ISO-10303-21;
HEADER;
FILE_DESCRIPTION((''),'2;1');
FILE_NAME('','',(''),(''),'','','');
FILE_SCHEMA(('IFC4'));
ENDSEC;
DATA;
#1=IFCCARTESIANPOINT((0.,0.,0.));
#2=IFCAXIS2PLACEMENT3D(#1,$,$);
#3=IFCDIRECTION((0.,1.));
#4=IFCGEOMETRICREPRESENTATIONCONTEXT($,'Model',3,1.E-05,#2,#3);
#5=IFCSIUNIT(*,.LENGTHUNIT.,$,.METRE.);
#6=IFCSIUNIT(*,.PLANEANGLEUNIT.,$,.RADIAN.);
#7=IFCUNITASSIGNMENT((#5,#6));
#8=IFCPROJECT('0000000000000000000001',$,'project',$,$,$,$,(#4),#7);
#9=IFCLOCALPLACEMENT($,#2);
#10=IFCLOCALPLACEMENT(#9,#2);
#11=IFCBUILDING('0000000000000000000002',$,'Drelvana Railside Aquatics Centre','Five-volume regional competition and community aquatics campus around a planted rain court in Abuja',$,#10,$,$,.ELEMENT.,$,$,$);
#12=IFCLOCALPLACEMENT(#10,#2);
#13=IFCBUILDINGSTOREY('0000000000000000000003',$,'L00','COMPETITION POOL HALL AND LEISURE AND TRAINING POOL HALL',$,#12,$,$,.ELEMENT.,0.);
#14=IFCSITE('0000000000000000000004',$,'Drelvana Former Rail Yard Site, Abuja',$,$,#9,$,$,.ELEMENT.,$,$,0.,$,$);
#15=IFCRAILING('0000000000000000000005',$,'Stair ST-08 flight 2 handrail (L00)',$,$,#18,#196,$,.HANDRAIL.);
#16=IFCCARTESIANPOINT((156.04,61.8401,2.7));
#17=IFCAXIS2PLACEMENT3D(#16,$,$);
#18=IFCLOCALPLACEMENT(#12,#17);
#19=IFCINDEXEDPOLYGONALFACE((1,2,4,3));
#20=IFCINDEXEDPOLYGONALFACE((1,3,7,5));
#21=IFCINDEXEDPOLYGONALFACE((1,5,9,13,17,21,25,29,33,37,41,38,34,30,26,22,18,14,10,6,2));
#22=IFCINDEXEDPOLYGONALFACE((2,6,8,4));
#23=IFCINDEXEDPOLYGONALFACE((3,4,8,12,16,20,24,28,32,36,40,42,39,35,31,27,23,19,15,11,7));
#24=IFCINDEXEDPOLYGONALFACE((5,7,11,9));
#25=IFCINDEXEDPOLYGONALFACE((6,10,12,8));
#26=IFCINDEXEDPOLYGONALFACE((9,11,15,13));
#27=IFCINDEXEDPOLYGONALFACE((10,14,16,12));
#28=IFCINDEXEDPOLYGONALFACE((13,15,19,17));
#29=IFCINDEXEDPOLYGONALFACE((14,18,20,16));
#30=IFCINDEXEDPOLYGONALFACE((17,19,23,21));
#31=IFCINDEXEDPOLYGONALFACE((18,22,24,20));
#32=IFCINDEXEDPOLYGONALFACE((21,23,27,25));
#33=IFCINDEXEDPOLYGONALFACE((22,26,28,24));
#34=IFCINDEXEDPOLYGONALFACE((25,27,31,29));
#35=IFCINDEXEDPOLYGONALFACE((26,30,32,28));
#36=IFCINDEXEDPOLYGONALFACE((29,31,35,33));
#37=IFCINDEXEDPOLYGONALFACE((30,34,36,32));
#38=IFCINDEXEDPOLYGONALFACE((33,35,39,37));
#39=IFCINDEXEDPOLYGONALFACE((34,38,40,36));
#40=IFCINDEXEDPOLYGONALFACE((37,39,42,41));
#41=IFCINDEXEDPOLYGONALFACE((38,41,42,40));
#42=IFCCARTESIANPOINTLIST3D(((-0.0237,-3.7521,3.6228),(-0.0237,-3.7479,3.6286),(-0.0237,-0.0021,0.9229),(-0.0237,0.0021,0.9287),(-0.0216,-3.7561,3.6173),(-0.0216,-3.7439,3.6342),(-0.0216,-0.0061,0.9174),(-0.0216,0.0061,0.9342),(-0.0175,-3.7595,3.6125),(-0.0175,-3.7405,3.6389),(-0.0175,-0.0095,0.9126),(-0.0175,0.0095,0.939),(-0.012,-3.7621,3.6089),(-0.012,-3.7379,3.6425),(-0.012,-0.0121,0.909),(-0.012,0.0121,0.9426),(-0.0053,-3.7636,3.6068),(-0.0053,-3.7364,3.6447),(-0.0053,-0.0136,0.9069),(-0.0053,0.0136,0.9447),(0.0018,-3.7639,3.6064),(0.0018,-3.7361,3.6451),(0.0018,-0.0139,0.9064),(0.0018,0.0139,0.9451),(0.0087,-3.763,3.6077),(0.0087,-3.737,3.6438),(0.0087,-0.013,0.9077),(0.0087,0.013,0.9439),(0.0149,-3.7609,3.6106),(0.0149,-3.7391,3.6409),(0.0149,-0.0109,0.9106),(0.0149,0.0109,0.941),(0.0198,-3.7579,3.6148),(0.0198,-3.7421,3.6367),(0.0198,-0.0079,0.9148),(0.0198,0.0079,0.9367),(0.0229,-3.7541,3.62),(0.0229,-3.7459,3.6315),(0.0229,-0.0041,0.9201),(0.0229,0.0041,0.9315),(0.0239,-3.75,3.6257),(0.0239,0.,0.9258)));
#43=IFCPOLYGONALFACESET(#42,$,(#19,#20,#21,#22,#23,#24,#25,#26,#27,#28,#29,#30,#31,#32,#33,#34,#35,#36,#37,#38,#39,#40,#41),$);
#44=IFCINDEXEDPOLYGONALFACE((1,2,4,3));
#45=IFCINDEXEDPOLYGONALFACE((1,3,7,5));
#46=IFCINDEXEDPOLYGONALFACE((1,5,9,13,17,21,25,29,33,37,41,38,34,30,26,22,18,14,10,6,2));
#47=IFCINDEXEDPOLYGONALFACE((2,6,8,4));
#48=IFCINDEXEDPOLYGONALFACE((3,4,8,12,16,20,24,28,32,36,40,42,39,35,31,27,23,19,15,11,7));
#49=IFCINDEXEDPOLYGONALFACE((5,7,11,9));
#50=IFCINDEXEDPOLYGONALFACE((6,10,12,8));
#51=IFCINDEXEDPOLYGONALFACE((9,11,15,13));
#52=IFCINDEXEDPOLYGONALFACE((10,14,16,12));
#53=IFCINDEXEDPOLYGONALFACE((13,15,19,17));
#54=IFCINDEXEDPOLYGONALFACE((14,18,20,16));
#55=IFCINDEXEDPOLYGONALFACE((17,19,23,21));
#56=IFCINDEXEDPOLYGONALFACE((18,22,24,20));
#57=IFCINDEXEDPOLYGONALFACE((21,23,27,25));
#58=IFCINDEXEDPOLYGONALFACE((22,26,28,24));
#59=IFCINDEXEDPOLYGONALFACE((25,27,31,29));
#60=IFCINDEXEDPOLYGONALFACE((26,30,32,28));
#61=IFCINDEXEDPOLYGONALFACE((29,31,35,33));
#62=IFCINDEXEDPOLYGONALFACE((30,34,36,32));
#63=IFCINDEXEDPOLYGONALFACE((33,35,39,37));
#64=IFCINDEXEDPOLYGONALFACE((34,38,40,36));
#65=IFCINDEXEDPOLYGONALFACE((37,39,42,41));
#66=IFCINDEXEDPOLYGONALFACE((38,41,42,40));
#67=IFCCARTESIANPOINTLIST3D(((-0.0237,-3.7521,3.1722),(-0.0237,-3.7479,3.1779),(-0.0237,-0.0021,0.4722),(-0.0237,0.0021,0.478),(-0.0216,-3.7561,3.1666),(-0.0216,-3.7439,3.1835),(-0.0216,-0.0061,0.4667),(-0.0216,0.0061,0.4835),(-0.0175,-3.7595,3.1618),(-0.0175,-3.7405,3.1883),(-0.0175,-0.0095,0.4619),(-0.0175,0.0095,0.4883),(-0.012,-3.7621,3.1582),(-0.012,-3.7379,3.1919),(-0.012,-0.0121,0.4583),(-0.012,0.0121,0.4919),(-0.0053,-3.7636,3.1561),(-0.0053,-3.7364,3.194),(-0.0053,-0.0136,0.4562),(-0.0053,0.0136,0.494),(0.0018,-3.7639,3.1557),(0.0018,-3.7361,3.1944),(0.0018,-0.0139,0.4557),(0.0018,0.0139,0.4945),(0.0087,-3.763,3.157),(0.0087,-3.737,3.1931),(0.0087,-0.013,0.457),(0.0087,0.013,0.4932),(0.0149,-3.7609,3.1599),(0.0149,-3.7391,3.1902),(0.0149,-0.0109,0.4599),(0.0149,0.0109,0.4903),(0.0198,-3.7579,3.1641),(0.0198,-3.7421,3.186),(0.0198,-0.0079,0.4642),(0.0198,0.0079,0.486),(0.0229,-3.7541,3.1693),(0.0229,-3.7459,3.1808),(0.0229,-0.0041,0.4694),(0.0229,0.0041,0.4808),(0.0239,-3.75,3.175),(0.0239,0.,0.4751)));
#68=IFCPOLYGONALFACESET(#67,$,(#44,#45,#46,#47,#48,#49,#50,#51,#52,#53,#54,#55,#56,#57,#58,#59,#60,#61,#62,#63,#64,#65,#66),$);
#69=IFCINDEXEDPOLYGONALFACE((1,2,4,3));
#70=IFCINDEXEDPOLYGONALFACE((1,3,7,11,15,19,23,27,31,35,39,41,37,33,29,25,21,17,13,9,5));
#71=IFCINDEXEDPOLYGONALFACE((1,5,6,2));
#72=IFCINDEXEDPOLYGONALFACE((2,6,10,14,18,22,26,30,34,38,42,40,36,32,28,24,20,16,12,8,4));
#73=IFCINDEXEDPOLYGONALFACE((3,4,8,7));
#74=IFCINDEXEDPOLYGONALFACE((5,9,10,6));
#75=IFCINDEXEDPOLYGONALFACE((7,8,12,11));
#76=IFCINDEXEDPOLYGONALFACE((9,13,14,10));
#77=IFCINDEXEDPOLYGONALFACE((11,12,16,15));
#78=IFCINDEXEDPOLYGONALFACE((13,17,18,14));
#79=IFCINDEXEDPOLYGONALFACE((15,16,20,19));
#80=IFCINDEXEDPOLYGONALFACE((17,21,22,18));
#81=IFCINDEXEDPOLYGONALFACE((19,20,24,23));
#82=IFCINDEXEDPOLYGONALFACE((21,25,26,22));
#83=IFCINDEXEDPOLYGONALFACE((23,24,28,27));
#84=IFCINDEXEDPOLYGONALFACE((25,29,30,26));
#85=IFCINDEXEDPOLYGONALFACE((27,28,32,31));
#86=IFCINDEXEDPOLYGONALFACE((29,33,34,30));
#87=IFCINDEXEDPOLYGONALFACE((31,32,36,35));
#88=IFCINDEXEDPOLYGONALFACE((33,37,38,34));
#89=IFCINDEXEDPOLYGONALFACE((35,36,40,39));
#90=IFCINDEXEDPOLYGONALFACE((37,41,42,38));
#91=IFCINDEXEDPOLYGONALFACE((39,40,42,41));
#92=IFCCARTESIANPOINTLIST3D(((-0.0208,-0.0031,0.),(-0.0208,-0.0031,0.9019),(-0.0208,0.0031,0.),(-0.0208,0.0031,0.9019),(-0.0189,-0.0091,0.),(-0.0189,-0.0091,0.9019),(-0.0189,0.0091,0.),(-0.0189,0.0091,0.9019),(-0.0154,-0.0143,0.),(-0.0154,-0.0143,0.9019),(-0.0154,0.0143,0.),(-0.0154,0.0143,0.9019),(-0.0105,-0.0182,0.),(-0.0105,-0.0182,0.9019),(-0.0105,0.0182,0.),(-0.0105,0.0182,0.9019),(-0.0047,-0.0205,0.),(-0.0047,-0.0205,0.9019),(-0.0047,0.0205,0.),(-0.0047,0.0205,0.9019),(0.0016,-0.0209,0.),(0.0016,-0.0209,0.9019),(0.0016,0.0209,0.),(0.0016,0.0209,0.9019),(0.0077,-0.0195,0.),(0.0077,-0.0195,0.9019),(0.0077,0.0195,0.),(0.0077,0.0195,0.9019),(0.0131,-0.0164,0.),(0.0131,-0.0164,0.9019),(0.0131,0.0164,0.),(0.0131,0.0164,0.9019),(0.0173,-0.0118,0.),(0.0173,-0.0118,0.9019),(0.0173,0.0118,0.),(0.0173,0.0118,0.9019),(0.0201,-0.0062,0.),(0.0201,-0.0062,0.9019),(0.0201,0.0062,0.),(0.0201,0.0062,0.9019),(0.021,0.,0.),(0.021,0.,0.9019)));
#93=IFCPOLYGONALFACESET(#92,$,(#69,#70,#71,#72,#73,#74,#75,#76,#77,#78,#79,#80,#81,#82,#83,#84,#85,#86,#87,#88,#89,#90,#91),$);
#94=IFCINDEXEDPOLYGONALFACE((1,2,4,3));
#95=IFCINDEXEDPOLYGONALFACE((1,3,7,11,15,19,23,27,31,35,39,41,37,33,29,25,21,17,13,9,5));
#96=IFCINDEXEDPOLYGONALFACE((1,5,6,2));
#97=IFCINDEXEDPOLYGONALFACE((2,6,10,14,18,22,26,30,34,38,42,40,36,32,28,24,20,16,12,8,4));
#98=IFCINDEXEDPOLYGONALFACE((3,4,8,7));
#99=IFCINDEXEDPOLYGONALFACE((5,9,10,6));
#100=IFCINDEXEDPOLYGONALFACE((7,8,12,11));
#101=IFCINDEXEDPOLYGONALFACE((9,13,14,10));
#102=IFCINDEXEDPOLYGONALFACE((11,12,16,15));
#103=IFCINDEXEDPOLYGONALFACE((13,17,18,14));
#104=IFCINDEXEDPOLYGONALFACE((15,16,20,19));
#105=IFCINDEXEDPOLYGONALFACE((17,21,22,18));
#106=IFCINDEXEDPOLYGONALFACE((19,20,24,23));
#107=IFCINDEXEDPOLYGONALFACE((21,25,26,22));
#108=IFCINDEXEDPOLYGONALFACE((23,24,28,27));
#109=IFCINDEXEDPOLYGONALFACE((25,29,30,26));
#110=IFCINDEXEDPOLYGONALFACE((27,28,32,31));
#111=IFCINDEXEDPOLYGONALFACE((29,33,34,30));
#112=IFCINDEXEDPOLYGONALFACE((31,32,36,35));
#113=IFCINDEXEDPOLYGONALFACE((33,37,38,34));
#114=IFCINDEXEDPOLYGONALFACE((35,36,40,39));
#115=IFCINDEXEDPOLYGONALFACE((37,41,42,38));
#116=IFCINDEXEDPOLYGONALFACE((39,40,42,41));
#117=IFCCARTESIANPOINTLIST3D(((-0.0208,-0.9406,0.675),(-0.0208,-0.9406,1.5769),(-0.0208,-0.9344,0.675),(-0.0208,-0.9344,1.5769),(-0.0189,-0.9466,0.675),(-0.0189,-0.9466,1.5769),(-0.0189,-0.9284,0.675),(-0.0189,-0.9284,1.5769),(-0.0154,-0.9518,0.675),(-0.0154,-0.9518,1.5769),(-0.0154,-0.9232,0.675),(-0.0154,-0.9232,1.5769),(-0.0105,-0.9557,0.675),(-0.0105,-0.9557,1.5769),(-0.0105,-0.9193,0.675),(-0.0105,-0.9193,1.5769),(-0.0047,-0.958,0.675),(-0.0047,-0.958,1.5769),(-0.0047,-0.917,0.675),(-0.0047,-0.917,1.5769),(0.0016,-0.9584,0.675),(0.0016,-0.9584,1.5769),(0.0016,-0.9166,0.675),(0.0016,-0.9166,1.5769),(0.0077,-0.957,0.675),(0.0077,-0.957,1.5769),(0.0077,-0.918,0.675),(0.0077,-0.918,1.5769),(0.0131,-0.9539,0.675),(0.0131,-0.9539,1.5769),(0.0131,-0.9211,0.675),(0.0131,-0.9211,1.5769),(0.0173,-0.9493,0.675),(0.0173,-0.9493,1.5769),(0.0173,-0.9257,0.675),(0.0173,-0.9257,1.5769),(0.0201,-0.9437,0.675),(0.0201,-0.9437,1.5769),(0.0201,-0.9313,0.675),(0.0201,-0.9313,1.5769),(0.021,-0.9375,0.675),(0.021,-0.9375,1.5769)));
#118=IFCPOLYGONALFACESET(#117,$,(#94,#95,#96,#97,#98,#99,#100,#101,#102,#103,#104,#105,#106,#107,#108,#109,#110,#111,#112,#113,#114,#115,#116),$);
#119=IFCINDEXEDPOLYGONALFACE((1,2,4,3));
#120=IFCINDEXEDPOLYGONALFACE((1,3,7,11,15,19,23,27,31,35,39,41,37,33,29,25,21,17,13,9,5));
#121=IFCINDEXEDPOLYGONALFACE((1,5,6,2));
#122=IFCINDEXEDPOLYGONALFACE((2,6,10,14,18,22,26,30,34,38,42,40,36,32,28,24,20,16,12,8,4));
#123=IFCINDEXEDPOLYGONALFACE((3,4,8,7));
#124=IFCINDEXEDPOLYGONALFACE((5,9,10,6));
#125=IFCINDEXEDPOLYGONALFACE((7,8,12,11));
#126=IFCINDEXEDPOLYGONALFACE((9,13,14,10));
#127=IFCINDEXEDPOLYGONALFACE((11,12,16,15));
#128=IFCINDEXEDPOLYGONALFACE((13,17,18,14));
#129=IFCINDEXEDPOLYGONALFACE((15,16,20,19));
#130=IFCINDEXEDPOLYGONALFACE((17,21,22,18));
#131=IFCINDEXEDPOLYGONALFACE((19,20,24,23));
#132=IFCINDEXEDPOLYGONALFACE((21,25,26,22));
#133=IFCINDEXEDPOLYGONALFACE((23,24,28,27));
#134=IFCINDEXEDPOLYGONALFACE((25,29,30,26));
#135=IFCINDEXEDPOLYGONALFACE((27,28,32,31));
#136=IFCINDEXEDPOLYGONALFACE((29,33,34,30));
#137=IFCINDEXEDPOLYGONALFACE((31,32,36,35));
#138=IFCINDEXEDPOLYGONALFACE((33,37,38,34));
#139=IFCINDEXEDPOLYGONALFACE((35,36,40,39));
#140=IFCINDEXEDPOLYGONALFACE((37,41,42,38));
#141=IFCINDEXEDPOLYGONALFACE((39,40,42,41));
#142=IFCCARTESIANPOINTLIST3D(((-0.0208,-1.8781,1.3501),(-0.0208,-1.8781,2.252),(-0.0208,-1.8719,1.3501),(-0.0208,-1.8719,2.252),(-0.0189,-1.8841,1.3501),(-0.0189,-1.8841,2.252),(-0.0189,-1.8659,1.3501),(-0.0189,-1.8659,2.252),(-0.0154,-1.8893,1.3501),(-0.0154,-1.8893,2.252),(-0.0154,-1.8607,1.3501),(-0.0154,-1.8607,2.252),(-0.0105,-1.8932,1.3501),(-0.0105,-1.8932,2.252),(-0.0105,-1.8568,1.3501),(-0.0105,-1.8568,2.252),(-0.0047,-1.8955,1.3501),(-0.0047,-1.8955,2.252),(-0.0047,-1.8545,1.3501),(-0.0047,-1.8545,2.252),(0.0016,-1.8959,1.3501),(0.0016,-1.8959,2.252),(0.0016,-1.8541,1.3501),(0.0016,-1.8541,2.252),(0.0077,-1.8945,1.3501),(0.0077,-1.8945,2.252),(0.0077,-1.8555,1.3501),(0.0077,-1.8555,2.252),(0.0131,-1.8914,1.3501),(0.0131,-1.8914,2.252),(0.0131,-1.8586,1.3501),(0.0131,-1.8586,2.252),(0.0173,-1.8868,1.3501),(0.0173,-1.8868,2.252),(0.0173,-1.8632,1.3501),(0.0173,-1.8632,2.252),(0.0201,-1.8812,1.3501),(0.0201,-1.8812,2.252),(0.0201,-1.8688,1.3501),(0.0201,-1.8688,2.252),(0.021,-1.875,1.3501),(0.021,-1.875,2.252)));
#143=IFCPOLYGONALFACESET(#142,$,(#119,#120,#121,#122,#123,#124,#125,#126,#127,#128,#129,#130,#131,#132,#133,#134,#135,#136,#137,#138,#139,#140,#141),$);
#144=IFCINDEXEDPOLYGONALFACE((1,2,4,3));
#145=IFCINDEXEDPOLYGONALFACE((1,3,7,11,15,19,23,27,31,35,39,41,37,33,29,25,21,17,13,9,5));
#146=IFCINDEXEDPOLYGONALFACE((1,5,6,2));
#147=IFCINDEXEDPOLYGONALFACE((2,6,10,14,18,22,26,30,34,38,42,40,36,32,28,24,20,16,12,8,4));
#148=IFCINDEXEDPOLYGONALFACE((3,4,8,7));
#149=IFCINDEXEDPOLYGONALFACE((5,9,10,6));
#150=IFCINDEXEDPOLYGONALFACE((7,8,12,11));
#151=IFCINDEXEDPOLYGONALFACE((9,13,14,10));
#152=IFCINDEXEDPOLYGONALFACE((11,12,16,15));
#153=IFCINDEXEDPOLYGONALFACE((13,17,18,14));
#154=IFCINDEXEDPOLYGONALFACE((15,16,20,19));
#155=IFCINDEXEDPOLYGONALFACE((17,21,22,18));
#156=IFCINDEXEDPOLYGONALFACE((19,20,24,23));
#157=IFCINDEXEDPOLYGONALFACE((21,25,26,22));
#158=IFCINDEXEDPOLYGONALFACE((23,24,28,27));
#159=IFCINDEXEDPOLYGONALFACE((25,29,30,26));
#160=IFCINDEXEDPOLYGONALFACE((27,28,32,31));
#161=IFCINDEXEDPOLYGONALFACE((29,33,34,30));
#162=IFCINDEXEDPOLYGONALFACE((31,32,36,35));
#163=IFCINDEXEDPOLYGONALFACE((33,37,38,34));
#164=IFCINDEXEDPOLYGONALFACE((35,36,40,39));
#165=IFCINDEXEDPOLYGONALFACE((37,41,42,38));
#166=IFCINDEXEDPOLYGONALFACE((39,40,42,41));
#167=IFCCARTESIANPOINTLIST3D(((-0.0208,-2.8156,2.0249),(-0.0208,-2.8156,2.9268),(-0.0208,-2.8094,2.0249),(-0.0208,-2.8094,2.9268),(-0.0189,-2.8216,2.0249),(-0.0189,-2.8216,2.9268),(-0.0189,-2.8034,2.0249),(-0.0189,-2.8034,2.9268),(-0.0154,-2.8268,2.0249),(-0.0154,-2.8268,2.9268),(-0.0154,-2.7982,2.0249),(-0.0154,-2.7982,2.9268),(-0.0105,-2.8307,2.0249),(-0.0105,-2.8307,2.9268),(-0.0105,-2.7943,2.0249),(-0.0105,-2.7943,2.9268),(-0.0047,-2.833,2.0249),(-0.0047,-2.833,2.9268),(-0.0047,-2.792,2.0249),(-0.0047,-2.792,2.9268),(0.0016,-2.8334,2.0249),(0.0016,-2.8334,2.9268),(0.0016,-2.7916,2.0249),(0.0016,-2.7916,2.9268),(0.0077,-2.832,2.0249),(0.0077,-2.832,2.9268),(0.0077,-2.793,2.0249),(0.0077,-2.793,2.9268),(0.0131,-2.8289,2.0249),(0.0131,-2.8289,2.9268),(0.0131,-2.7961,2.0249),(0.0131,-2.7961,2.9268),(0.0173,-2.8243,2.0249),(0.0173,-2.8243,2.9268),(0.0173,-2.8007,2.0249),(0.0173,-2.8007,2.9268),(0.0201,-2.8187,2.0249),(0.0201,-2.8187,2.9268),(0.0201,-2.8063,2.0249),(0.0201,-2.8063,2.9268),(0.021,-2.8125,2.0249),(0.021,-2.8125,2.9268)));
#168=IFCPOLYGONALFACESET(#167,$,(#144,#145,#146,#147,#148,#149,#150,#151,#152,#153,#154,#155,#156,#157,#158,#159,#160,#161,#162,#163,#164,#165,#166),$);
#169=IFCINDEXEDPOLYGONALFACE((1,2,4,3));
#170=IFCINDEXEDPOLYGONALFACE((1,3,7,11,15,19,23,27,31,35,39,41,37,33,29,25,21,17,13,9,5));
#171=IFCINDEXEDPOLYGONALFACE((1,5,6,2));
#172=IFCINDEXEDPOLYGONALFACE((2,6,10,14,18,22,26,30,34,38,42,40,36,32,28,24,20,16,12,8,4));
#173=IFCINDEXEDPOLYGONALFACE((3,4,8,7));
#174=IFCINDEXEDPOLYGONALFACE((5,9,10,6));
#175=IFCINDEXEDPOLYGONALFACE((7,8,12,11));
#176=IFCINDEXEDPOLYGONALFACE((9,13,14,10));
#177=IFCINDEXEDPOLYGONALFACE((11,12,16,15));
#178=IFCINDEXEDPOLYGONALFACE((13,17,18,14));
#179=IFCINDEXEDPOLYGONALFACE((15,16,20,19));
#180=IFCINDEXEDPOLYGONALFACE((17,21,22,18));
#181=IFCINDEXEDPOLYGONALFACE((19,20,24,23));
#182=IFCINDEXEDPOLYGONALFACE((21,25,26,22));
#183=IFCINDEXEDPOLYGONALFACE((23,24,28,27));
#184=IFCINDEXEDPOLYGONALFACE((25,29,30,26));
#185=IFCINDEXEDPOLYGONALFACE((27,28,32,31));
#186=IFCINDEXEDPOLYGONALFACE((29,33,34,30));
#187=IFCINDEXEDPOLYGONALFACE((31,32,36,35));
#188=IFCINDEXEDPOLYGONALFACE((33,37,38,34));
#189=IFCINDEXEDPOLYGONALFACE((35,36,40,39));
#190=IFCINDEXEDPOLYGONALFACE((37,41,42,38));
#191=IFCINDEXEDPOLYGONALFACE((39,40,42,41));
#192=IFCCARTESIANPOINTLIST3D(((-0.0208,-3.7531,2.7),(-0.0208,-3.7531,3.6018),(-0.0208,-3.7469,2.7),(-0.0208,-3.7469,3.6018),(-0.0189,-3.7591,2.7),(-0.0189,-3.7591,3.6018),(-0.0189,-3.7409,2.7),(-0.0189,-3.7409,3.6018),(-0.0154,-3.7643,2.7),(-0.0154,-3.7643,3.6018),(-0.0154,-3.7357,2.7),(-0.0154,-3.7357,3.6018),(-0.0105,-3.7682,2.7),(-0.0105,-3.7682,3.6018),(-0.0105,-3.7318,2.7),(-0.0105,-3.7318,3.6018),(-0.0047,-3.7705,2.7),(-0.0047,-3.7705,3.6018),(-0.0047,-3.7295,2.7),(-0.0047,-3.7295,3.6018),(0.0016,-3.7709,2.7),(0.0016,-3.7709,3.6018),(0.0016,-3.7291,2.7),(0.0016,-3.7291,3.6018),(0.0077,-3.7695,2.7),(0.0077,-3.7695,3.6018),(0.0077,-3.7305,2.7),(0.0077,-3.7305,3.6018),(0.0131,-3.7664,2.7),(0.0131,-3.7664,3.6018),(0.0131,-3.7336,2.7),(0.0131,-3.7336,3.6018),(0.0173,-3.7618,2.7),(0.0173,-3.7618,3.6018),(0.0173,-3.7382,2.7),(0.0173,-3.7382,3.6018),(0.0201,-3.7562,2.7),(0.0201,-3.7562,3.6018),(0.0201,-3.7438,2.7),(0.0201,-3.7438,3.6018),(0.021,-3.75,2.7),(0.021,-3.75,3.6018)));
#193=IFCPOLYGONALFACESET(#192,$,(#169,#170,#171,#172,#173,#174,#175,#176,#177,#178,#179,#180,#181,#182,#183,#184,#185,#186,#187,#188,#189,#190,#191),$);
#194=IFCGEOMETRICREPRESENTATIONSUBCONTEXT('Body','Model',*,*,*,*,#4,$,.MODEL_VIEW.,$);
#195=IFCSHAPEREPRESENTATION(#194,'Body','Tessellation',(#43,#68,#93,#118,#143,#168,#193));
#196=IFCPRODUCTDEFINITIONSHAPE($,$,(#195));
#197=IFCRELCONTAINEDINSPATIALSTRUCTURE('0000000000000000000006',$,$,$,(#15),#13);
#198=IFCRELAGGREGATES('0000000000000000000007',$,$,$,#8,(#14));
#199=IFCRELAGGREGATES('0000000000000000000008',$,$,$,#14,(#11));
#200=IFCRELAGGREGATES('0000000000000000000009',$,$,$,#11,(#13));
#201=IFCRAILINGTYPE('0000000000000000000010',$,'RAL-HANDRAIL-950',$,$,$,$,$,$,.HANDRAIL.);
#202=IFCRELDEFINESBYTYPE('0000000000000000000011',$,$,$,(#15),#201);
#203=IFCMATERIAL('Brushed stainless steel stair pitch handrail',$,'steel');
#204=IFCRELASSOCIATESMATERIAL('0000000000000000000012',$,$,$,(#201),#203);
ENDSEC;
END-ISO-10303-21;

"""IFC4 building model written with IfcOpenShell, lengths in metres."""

from ifc_helpers import new_model, si_unit, direction, frame, origin, origin_2d, place, context, subcontext, project, spatial, circle, extrude, material, type_object, element, save


model = new_model("IFC4")

# Units and contexts
model_context = context("Model", 3, precision=1e-05, world=origin(), true_north=direction((0.0, 1.0)))
body_context = subcontext(model_context, "Body", "Model", "MODEL_VIEW")
ifc_project = project(units=[si_unit("LENGTHUNIT", "METRE"), si_unit("PLANEANGLEUNIT", "RADIAN")], contexts=[model_context])

# Site, building, storey
site_placement = place(None, origin())
site = spatial("IfcSite", under=ifc_project, at=site_placement, Name="Drelvana Former Rail Yard Site, Abuja", CompositionType="ELEMENT", RefElevation=0.0)
building_placement = place(site_placement, origin())
building = spatial("IfcBuilding", under=site, at=building_placement, Name="Drelvana Railside Aquatics Centre", Description="Five-volume regional competition and community aquatics campus around a planted rain court in Abuja", CompositionType="ELEMENT")
storey_placement = place(building_placement, origin())
storey = spatial("IfcBuildingStorey", under=building, at=storey_placement, Name="L00", Description="COMPETITION POOL HALL AND LEISURE AND TRAINING POOL HALL", CompositionType="ELEMENT", Elevation=0.0)

# Railing
ifc_material_1 = material(Name="Brushed stainless steel stair pitch handrail", Category="steel")
railing_type = type_object("IfcRailingType", Name="RAL-HANDRAIL-950", PredefinedType="HANDRAIL", material=ifc_material_1)
railing_1_placement = place(storey_placement, frame((156.04, 61.8401, 2.7)))
element("IfcRailing", 1, at=railing_1_placement, inside=storey, type_object=railing_type, Name="Stair ST-08 flight 2 handrail (L00)", PredefinedType="HANDRAIL", context=body_context, shape_type="SweptSolid", body=[
    extrude(circle(Radius=0.0239, at=origin_2d()), frame((0.0, 0.0, 0.9258), z_axis=(0.0, -0.811539, 0.584298), x_axis=(1.0, 0.0, 0.0)), (0.0, 0.0, 1.0), 4.6208),
    extrude(circle(Radius=0.0239, at=origin_2d()), frame((0.0, 0.0, 0.4751), z_axis=(0.0, -0.811539, 0.584298), x_axis=(1.0, 0.0, 0.0)), (0.0, 0.0, 1.0), 4.6208),
    extrude(circle(Radius=0.021, at=origin_2d()), origin(), (0.0, 0.0, 1.0), 0.9019),
    extrude(circle(Radius=0.021, at=origin_2d()), frame((0.0, -0.9375, 0.675)), (0.0, 0.0, 1.0), 0.9019),
    extrude(circle(Radius=0.021, at=origin_2d()), frame((0.0, -1.875, 1.3501)), (0.0, 0.0, 1.0), 0.9019),
    extrude(circle(Radius=0.021, at=origin_2d()), frame((0.0, -2.8125, 2.0249)), (0.0, 0.0, 1.0), 0.9019),
    extrude(circle(Radius=0.021, at=origin_2d()), frame((0.0, -3.75, 2.7)), (0.0, 0.0, 1.0), 0.9019),
])

save(model, "model.ifc")
